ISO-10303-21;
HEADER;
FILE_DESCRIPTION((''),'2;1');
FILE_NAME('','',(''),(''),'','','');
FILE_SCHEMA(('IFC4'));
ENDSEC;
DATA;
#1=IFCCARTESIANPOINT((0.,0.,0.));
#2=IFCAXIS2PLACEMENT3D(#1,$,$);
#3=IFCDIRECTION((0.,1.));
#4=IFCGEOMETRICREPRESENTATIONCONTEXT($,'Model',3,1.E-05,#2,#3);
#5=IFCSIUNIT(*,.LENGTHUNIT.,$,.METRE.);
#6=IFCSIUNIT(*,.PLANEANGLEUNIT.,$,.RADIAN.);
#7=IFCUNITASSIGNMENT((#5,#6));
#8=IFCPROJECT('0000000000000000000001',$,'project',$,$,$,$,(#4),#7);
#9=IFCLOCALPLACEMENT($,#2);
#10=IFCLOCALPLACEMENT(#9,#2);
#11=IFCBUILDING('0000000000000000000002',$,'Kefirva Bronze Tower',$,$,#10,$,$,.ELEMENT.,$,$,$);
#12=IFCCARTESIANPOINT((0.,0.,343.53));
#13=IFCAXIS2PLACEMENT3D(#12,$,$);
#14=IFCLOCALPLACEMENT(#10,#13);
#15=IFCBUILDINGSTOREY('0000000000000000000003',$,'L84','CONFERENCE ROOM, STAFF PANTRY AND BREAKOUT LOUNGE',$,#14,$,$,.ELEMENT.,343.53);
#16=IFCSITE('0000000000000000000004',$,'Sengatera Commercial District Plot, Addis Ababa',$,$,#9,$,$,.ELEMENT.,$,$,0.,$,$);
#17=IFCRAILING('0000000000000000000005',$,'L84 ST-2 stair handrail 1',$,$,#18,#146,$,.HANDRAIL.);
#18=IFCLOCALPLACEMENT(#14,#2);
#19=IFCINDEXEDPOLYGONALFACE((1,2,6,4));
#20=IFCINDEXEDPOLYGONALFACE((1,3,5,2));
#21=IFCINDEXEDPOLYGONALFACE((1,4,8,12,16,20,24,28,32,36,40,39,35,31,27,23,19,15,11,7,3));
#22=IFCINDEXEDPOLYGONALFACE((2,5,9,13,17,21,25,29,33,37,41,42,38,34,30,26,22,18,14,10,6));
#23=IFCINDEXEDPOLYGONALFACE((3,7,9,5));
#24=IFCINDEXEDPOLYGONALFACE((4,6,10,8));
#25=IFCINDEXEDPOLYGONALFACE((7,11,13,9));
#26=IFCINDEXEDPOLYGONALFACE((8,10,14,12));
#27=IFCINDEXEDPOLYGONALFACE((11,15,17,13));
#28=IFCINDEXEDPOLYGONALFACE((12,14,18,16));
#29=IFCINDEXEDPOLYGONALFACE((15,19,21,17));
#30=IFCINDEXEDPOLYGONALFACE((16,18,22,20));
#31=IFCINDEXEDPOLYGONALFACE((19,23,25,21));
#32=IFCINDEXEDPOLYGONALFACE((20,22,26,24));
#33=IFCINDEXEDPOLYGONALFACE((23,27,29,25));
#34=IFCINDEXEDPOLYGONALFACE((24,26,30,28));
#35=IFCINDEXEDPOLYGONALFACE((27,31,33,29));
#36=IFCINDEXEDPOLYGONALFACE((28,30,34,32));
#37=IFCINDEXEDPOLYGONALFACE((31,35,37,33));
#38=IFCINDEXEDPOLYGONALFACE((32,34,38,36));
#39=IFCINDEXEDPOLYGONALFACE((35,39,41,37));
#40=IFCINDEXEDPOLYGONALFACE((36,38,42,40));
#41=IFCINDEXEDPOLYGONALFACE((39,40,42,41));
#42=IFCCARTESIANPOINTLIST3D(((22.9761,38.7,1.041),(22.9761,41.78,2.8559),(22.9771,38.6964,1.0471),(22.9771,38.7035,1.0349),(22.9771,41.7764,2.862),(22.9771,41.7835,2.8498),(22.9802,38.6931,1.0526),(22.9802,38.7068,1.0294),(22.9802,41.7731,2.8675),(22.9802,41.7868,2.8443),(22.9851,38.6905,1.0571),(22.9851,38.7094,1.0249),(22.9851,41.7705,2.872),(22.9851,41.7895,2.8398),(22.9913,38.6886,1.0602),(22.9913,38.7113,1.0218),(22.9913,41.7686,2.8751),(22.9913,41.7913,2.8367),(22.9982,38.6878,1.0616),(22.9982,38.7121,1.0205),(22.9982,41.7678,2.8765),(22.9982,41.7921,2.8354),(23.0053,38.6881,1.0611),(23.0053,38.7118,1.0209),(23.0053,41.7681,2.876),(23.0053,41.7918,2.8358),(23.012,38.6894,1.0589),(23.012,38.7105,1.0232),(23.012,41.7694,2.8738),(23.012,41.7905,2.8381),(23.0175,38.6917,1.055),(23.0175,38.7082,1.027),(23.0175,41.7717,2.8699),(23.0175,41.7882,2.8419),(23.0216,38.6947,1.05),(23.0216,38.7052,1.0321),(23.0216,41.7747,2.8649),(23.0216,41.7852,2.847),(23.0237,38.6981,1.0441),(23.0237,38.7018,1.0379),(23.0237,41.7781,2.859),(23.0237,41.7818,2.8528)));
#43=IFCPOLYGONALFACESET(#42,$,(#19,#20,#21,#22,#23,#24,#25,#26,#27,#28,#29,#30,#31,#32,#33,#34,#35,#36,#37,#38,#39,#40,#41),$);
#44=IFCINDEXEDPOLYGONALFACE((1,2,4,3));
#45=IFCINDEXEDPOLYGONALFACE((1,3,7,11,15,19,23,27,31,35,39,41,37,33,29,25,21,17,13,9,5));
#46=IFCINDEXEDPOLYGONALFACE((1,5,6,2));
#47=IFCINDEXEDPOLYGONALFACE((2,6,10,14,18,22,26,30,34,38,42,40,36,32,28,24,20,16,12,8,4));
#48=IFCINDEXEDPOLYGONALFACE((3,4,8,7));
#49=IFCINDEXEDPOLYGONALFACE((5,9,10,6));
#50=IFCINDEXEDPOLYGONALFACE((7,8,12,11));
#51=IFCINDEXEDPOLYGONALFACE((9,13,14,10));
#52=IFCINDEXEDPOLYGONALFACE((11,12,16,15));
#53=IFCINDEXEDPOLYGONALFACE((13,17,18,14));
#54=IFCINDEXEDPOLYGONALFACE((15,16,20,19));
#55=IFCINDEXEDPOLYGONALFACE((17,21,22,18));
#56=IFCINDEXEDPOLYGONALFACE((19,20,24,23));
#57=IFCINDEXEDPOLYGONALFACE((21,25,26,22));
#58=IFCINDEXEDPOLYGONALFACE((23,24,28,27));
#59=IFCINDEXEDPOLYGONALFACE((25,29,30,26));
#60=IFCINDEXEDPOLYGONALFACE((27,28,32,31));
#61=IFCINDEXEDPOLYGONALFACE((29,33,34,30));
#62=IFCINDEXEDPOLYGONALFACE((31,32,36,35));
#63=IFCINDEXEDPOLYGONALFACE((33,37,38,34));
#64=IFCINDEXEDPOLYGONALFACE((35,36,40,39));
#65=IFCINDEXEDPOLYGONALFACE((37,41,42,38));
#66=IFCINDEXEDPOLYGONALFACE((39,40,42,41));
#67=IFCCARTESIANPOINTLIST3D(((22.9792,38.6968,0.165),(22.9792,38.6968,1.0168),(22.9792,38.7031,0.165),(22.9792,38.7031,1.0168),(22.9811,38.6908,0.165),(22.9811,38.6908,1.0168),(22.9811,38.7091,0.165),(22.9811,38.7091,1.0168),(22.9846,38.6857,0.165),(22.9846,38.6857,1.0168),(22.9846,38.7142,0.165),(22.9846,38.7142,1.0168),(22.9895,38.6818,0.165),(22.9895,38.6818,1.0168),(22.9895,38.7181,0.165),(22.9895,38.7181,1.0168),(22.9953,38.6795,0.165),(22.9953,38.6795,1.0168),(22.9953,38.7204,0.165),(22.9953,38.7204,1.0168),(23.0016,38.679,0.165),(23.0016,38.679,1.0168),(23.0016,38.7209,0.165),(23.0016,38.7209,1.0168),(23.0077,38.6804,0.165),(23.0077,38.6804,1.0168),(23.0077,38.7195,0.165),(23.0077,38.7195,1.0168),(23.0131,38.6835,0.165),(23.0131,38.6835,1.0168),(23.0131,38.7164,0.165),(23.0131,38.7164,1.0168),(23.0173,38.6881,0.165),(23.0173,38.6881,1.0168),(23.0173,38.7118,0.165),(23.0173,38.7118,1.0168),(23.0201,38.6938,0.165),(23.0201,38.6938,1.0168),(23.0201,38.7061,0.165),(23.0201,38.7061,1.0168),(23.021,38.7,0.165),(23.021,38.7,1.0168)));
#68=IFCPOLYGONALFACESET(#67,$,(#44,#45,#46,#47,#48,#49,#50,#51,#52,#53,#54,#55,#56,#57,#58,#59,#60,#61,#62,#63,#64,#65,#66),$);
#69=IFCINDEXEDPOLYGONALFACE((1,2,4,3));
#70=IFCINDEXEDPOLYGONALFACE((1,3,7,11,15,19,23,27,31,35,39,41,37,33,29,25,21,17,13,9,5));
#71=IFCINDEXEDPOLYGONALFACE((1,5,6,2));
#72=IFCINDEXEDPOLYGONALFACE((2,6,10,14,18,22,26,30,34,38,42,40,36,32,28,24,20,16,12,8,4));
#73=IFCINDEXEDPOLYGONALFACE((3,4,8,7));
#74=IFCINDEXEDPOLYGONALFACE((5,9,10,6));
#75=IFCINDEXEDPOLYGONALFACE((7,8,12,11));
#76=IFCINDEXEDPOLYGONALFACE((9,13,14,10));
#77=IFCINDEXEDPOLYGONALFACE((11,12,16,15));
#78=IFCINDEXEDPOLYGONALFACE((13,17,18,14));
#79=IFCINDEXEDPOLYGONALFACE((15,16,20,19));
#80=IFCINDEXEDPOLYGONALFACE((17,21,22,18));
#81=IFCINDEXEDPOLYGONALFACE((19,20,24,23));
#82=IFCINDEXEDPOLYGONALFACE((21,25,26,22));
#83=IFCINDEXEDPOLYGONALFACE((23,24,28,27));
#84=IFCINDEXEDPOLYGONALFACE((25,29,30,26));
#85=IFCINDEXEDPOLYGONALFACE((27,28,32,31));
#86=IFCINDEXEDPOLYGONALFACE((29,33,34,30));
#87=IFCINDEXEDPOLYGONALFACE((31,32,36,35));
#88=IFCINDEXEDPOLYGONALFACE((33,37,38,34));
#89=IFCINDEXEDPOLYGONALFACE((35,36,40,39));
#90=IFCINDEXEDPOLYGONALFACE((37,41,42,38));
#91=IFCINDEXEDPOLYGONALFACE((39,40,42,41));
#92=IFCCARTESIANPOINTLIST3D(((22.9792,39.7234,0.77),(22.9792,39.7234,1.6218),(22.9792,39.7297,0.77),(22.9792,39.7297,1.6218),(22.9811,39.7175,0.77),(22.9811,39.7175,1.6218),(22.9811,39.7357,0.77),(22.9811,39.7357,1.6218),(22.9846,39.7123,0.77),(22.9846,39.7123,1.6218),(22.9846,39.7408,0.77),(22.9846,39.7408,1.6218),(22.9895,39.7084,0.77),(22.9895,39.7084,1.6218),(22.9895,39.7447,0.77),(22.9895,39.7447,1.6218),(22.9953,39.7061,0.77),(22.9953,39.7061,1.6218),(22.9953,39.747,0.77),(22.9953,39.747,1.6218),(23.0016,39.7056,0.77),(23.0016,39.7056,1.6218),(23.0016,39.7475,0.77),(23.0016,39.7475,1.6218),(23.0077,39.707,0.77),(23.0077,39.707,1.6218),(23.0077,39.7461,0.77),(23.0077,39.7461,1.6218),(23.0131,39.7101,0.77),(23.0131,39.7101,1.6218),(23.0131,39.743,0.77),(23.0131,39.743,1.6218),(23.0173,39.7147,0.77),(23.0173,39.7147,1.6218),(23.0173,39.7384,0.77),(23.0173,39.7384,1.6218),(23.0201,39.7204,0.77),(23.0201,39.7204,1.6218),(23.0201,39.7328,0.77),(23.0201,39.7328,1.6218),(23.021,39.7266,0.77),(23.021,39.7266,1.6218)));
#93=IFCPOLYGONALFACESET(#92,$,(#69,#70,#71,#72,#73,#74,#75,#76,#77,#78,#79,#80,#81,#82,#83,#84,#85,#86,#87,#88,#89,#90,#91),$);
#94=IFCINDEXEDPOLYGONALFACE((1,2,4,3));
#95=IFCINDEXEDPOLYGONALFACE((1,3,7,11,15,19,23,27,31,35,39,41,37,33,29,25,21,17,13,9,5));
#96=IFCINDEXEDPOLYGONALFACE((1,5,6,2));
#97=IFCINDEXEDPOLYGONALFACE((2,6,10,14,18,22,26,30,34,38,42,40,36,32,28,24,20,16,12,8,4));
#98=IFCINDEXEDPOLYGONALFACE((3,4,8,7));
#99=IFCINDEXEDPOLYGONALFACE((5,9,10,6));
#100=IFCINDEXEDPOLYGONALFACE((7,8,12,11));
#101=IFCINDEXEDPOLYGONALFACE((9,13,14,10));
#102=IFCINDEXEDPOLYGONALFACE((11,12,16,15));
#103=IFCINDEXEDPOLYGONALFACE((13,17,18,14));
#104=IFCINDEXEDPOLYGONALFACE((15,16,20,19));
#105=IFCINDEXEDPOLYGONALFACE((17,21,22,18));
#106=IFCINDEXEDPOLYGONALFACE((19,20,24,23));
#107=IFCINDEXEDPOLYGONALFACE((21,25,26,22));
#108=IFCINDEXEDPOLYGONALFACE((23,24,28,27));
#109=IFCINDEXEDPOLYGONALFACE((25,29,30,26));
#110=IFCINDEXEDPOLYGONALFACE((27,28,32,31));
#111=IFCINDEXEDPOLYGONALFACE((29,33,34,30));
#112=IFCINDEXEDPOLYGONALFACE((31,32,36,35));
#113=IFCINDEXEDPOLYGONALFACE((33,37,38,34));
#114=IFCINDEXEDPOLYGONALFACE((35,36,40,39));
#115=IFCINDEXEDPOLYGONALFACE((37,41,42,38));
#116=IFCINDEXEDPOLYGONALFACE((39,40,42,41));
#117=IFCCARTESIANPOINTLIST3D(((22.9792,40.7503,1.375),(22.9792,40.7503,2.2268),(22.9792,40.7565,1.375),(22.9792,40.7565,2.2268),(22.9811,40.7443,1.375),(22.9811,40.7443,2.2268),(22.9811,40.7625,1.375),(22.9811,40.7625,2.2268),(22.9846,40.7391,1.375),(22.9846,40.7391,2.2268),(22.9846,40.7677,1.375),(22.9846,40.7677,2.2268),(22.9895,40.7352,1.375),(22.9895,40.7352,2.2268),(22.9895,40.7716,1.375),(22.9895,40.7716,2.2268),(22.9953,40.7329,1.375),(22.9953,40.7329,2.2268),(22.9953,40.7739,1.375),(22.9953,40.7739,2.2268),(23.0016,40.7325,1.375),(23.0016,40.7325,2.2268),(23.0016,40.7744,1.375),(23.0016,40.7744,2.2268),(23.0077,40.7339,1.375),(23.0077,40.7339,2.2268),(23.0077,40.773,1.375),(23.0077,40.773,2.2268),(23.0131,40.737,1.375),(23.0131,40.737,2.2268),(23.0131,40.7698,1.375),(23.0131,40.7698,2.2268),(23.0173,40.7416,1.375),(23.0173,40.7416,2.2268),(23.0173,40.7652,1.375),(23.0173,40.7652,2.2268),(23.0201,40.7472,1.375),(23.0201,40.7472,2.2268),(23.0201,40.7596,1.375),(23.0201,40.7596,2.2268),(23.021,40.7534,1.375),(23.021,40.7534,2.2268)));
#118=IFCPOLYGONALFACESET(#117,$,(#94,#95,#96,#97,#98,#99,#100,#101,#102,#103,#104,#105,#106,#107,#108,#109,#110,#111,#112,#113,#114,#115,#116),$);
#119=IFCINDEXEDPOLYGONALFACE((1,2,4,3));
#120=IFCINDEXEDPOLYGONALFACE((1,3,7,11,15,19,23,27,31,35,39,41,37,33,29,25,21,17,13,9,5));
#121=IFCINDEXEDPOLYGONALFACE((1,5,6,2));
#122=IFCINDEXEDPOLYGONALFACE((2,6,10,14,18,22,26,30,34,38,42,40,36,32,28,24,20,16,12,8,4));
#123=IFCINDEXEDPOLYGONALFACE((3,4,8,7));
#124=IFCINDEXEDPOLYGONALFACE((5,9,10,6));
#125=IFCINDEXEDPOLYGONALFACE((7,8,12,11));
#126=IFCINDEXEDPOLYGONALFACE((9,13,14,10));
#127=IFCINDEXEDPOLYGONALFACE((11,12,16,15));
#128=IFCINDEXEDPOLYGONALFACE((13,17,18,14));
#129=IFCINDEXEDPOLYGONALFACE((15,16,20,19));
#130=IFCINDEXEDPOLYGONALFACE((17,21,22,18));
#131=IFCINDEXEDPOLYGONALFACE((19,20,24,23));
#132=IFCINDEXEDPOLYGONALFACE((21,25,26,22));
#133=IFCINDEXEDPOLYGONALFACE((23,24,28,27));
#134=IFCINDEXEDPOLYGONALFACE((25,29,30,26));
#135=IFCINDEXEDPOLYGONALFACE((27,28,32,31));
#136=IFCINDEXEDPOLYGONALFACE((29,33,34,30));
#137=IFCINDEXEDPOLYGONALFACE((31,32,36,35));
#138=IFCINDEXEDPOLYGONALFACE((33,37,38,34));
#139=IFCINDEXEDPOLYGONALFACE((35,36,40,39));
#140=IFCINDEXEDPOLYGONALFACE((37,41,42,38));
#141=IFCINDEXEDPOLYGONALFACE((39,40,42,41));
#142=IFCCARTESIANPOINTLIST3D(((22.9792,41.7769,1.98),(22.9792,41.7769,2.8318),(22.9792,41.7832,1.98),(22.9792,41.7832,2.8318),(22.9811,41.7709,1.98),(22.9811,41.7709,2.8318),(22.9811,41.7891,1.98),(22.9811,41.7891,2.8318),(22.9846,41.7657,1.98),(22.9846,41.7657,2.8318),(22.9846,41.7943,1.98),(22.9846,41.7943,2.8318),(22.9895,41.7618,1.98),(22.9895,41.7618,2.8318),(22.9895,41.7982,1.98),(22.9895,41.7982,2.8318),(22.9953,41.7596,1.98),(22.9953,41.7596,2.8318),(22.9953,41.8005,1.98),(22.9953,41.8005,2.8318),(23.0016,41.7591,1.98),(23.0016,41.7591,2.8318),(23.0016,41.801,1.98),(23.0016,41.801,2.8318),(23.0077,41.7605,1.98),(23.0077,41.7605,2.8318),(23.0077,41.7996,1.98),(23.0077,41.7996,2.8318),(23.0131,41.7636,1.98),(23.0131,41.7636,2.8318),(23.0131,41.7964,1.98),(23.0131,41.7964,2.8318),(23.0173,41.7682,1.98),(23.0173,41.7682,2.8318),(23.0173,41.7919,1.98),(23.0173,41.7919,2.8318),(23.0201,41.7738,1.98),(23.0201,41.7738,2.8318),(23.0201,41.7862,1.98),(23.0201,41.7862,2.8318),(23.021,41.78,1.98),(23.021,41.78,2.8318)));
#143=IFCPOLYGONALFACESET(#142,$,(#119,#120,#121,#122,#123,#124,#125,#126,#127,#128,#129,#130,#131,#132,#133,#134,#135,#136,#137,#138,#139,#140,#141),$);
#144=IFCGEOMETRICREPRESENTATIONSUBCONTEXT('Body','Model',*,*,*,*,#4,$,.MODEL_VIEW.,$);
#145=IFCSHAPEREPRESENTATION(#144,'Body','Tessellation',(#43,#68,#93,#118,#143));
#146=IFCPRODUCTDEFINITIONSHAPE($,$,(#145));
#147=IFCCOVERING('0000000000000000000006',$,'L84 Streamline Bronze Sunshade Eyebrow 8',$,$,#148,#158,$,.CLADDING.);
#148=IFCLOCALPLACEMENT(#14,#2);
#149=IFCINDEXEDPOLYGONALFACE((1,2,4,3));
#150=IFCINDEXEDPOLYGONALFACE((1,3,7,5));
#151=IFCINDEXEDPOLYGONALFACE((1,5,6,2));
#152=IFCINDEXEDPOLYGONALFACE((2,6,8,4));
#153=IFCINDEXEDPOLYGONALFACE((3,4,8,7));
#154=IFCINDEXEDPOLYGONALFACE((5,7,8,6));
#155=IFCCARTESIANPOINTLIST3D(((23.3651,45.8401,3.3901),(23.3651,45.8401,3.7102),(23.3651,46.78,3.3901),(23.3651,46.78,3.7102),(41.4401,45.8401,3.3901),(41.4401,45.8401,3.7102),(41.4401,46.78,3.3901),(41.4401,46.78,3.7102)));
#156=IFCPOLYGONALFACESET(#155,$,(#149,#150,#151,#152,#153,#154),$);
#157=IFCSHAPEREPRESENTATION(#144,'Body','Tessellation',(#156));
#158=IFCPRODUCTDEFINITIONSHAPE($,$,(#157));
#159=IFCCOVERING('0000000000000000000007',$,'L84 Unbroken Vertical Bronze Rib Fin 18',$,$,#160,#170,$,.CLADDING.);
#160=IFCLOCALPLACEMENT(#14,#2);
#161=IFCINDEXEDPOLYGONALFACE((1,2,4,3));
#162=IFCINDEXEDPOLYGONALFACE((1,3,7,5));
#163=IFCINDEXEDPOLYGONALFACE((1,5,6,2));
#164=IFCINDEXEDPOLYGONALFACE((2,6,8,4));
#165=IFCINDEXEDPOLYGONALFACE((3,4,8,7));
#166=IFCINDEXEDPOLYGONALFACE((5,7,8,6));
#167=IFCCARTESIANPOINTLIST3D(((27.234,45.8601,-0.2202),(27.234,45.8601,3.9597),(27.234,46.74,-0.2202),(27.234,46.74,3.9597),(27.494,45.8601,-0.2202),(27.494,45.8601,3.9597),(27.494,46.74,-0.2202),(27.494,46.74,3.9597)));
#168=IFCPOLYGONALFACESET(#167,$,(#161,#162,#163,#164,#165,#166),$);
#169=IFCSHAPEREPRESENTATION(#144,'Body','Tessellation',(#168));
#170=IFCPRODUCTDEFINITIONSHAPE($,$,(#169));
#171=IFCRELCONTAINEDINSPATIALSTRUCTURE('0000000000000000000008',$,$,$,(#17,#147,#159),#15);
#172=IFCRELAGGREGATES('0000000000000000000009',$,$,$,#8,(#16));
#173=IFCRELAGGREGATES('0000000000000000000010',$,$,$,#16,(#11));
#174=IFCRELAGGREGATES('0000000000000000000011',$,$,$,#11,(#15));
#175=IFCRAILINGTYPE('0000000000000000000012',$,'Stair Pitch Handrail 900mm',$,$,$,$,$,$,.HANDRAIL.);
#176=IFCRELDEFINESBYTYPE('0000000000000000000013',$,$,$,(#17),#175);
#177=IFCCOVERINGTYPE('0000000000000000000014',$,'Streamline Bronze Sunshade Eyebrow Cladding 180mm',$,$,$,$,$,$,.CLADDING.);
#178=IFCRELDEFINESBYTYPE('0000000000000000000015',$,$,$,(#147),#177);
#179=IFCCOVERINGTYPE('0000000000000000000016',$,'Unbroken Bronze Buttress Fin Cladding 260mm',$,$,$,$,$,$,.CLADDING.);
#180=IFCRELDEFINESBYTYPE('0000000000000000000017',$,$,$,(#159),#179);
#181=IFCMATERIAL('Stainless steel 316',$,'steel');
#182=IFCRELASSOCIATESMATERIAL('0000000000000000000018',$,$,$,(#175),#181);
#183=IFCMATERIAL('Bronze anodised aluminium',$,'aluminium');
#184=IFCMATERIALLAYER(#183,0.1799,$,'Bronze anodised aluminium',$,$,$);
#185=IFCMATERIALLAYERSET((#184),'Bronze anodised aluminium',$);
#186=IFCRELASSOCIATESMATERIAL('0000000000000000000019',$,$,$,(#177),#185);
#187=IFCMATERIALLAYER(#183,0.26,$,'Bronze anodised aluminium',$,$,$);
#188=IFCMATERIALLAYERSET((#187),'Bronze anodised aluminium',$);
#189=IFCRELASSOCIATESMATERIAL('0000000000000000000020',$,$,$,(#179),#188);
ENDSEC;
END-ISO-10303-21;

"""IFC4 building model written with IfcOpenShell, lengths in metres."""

from ifc_helpers import new_model, si_unit, direction, frame, origin, origin_2d, place, context, subcontext, project, spatial, rectangle, circle, extrude, material, layer, layer_set, type_object, element, save


model = new_model("IFC4")

# Units and contexts
model_context = context("Model", 3, precision=1e-05, world=origin(), true_north=direction((0.0, 1.0)))
body_context = subcontext(model_context, "Body", "Model", "MODEL_VIEW")
ifc_project = project(units=[si_unit("LENGTHUNIT", "METRE"), si_unit("PLANEANGLEUNIT", "RADIAN")], contexts=[model_context])

# Site, building, storey
site_placement = place(None, origin())
site = spatial("IfcSite", under=ifc_project, at=site_placement, Name="Sengatera Commercial District Plot, Addis Ababa", CompositionType="ELEMENT", RefElevation=0.0)
building_placement = place(site_placement, origin())
building = spatial("IfcBuilding", under=site, at=building_placement, Name="Kefirva Bronze Tower", CompositionType="ELEMENT")
storey_placement = place(building_placement, frame((0.0, 0.0, 343.53)))
storey = spatial("IfcBuildingStorey", under=building, at=storey_placement, Name="L84", Description="CONFERENCE ROOM, STAFF PANTRY AND BREAKOUT LOUNGE", CompositionType="ELEMENT", Elevation=343.53)

# Shared definitions
ifc_material_1 = material(Name="Bronze anodised aluminium", Category="aluminium")

# Railing
ifc_material_2 = material(Name="Stainless steel 316", Category="steel")
railing_type_1 = type_object("IfcRailingType", Name="Stair Pitch Handrail 900mm", PredefinedType="HANDRAIL", material=ifc_material_2)
railing_1_placement = place(storey_placement, frame((23.0, 38.7, 0.165)))
element("IfcRailing", 1, at=railing_1_placement, inside=storey, type_object=railing_type_1, Name="L84 ST-2 stair handrail 1", PredefinedType="HANDRAIL", context=body_context, shape_type="SweptSolid", body=[
    extrude(circle(Radius=0.0239, at=origin_2d()), frame((0.0, 0.0, 0.876), z_axis=(0.0, 0.861551, 0.507671), x_axis=(-1.0, 0.0, 0.0)), (0.0, 0.0, 1.0), 3.575),
    extrude(circle(Radius=0.021, at=origin_2d()), origin(), (0.0, 0.0, 1.0), 0.8518),
    extrude(circle(Radius=0.021, at=origin_2d()), frame((0.0, 1.0266, 0.605)), (0.0, 0.0, 1.0), 0.8518),
    extrude(circle(Radius=0.021, at=origin_2d()), frame((0.0, 2.0535, 1.21)), (0.0, 0.0, 1.0), 0.8518),
    extrude(circle(Radius=0.021, at=origin_2d()), frame((0.0, 3.0801, 1.8149)), (0.0, 0.0, 1.0), 0.8518),
])

# Coverings
ifc_layer_1 = layer(ifc_material_1, 0.1799, Name="Bronze anodised aluminium")
ifc_layer_set_1 = layer_set([ifc_layer_1], Name="Bronze anodised aluminium")
covering_type_1 = type_object("IfcCoveringType", Name="Streamline Bronze Sunshade Eyebrow Cladding 180mm", PredefinedType="CLADDING", material=ifc_layer_set_1)
covering_1_placement = place(storey_placement, frame((32.4026, 46.3101, 3.3901), z_axis=(0.0, 0.0, 1.0), x_axis=(-1.0, 0.0, 0.0)))
element("IfcCovering", 2, at=covering_1_placement, inside=storey, type_object=covering_type_1, Name="L84 Streamline Bronze Sunshade Eyebrow 8", PredefinedType="CLADDING", context=body_context, shape_type="SweptSolid", body=[
    extrude(rectangle(XDim=18.075, YDim=0.9399, at=origin_2d()), origin(), (0.0, 0.0, 1.0), 0.3201),
])
ifc_layer_2 = layer(ifc_material_1, 0.26, Name="Bronze anodised aluminium")
ifc_layer_set_2 = layer_set([ifc_layer_2], Name="Bronze anodised aluminium")
covering_type_2 = type_object("IfcCoveringType", Name="Unbroken Bronze Buttress Fin Cladding 260mm", PredefinedType="CLADDING", material=ifc_layer_set_2)
covering_2_placement = place(storey_placement, frame((27.364, 46.3, -0.2202), z_axis=(0.0, 0.0, 1.0), x_axis=(-1.0, 0.0, 0.0)))
element("IfcCovering", 3, at=covering_2_placement, inside=storey, type_object=covering_type_2, Name="L84 Unbroken Vertical Bronze Rib Fin 18", PredefinedType="CLADDING", context=body_context, shape_type="SweptSolid", body=[
    extrude(rectangle(XDim=0.26, YDim=0.8799, at=origin_2d()), origin(), (0.0, 0.0, 1.0), 4.1799),
])

save(model, "model.ifc")
